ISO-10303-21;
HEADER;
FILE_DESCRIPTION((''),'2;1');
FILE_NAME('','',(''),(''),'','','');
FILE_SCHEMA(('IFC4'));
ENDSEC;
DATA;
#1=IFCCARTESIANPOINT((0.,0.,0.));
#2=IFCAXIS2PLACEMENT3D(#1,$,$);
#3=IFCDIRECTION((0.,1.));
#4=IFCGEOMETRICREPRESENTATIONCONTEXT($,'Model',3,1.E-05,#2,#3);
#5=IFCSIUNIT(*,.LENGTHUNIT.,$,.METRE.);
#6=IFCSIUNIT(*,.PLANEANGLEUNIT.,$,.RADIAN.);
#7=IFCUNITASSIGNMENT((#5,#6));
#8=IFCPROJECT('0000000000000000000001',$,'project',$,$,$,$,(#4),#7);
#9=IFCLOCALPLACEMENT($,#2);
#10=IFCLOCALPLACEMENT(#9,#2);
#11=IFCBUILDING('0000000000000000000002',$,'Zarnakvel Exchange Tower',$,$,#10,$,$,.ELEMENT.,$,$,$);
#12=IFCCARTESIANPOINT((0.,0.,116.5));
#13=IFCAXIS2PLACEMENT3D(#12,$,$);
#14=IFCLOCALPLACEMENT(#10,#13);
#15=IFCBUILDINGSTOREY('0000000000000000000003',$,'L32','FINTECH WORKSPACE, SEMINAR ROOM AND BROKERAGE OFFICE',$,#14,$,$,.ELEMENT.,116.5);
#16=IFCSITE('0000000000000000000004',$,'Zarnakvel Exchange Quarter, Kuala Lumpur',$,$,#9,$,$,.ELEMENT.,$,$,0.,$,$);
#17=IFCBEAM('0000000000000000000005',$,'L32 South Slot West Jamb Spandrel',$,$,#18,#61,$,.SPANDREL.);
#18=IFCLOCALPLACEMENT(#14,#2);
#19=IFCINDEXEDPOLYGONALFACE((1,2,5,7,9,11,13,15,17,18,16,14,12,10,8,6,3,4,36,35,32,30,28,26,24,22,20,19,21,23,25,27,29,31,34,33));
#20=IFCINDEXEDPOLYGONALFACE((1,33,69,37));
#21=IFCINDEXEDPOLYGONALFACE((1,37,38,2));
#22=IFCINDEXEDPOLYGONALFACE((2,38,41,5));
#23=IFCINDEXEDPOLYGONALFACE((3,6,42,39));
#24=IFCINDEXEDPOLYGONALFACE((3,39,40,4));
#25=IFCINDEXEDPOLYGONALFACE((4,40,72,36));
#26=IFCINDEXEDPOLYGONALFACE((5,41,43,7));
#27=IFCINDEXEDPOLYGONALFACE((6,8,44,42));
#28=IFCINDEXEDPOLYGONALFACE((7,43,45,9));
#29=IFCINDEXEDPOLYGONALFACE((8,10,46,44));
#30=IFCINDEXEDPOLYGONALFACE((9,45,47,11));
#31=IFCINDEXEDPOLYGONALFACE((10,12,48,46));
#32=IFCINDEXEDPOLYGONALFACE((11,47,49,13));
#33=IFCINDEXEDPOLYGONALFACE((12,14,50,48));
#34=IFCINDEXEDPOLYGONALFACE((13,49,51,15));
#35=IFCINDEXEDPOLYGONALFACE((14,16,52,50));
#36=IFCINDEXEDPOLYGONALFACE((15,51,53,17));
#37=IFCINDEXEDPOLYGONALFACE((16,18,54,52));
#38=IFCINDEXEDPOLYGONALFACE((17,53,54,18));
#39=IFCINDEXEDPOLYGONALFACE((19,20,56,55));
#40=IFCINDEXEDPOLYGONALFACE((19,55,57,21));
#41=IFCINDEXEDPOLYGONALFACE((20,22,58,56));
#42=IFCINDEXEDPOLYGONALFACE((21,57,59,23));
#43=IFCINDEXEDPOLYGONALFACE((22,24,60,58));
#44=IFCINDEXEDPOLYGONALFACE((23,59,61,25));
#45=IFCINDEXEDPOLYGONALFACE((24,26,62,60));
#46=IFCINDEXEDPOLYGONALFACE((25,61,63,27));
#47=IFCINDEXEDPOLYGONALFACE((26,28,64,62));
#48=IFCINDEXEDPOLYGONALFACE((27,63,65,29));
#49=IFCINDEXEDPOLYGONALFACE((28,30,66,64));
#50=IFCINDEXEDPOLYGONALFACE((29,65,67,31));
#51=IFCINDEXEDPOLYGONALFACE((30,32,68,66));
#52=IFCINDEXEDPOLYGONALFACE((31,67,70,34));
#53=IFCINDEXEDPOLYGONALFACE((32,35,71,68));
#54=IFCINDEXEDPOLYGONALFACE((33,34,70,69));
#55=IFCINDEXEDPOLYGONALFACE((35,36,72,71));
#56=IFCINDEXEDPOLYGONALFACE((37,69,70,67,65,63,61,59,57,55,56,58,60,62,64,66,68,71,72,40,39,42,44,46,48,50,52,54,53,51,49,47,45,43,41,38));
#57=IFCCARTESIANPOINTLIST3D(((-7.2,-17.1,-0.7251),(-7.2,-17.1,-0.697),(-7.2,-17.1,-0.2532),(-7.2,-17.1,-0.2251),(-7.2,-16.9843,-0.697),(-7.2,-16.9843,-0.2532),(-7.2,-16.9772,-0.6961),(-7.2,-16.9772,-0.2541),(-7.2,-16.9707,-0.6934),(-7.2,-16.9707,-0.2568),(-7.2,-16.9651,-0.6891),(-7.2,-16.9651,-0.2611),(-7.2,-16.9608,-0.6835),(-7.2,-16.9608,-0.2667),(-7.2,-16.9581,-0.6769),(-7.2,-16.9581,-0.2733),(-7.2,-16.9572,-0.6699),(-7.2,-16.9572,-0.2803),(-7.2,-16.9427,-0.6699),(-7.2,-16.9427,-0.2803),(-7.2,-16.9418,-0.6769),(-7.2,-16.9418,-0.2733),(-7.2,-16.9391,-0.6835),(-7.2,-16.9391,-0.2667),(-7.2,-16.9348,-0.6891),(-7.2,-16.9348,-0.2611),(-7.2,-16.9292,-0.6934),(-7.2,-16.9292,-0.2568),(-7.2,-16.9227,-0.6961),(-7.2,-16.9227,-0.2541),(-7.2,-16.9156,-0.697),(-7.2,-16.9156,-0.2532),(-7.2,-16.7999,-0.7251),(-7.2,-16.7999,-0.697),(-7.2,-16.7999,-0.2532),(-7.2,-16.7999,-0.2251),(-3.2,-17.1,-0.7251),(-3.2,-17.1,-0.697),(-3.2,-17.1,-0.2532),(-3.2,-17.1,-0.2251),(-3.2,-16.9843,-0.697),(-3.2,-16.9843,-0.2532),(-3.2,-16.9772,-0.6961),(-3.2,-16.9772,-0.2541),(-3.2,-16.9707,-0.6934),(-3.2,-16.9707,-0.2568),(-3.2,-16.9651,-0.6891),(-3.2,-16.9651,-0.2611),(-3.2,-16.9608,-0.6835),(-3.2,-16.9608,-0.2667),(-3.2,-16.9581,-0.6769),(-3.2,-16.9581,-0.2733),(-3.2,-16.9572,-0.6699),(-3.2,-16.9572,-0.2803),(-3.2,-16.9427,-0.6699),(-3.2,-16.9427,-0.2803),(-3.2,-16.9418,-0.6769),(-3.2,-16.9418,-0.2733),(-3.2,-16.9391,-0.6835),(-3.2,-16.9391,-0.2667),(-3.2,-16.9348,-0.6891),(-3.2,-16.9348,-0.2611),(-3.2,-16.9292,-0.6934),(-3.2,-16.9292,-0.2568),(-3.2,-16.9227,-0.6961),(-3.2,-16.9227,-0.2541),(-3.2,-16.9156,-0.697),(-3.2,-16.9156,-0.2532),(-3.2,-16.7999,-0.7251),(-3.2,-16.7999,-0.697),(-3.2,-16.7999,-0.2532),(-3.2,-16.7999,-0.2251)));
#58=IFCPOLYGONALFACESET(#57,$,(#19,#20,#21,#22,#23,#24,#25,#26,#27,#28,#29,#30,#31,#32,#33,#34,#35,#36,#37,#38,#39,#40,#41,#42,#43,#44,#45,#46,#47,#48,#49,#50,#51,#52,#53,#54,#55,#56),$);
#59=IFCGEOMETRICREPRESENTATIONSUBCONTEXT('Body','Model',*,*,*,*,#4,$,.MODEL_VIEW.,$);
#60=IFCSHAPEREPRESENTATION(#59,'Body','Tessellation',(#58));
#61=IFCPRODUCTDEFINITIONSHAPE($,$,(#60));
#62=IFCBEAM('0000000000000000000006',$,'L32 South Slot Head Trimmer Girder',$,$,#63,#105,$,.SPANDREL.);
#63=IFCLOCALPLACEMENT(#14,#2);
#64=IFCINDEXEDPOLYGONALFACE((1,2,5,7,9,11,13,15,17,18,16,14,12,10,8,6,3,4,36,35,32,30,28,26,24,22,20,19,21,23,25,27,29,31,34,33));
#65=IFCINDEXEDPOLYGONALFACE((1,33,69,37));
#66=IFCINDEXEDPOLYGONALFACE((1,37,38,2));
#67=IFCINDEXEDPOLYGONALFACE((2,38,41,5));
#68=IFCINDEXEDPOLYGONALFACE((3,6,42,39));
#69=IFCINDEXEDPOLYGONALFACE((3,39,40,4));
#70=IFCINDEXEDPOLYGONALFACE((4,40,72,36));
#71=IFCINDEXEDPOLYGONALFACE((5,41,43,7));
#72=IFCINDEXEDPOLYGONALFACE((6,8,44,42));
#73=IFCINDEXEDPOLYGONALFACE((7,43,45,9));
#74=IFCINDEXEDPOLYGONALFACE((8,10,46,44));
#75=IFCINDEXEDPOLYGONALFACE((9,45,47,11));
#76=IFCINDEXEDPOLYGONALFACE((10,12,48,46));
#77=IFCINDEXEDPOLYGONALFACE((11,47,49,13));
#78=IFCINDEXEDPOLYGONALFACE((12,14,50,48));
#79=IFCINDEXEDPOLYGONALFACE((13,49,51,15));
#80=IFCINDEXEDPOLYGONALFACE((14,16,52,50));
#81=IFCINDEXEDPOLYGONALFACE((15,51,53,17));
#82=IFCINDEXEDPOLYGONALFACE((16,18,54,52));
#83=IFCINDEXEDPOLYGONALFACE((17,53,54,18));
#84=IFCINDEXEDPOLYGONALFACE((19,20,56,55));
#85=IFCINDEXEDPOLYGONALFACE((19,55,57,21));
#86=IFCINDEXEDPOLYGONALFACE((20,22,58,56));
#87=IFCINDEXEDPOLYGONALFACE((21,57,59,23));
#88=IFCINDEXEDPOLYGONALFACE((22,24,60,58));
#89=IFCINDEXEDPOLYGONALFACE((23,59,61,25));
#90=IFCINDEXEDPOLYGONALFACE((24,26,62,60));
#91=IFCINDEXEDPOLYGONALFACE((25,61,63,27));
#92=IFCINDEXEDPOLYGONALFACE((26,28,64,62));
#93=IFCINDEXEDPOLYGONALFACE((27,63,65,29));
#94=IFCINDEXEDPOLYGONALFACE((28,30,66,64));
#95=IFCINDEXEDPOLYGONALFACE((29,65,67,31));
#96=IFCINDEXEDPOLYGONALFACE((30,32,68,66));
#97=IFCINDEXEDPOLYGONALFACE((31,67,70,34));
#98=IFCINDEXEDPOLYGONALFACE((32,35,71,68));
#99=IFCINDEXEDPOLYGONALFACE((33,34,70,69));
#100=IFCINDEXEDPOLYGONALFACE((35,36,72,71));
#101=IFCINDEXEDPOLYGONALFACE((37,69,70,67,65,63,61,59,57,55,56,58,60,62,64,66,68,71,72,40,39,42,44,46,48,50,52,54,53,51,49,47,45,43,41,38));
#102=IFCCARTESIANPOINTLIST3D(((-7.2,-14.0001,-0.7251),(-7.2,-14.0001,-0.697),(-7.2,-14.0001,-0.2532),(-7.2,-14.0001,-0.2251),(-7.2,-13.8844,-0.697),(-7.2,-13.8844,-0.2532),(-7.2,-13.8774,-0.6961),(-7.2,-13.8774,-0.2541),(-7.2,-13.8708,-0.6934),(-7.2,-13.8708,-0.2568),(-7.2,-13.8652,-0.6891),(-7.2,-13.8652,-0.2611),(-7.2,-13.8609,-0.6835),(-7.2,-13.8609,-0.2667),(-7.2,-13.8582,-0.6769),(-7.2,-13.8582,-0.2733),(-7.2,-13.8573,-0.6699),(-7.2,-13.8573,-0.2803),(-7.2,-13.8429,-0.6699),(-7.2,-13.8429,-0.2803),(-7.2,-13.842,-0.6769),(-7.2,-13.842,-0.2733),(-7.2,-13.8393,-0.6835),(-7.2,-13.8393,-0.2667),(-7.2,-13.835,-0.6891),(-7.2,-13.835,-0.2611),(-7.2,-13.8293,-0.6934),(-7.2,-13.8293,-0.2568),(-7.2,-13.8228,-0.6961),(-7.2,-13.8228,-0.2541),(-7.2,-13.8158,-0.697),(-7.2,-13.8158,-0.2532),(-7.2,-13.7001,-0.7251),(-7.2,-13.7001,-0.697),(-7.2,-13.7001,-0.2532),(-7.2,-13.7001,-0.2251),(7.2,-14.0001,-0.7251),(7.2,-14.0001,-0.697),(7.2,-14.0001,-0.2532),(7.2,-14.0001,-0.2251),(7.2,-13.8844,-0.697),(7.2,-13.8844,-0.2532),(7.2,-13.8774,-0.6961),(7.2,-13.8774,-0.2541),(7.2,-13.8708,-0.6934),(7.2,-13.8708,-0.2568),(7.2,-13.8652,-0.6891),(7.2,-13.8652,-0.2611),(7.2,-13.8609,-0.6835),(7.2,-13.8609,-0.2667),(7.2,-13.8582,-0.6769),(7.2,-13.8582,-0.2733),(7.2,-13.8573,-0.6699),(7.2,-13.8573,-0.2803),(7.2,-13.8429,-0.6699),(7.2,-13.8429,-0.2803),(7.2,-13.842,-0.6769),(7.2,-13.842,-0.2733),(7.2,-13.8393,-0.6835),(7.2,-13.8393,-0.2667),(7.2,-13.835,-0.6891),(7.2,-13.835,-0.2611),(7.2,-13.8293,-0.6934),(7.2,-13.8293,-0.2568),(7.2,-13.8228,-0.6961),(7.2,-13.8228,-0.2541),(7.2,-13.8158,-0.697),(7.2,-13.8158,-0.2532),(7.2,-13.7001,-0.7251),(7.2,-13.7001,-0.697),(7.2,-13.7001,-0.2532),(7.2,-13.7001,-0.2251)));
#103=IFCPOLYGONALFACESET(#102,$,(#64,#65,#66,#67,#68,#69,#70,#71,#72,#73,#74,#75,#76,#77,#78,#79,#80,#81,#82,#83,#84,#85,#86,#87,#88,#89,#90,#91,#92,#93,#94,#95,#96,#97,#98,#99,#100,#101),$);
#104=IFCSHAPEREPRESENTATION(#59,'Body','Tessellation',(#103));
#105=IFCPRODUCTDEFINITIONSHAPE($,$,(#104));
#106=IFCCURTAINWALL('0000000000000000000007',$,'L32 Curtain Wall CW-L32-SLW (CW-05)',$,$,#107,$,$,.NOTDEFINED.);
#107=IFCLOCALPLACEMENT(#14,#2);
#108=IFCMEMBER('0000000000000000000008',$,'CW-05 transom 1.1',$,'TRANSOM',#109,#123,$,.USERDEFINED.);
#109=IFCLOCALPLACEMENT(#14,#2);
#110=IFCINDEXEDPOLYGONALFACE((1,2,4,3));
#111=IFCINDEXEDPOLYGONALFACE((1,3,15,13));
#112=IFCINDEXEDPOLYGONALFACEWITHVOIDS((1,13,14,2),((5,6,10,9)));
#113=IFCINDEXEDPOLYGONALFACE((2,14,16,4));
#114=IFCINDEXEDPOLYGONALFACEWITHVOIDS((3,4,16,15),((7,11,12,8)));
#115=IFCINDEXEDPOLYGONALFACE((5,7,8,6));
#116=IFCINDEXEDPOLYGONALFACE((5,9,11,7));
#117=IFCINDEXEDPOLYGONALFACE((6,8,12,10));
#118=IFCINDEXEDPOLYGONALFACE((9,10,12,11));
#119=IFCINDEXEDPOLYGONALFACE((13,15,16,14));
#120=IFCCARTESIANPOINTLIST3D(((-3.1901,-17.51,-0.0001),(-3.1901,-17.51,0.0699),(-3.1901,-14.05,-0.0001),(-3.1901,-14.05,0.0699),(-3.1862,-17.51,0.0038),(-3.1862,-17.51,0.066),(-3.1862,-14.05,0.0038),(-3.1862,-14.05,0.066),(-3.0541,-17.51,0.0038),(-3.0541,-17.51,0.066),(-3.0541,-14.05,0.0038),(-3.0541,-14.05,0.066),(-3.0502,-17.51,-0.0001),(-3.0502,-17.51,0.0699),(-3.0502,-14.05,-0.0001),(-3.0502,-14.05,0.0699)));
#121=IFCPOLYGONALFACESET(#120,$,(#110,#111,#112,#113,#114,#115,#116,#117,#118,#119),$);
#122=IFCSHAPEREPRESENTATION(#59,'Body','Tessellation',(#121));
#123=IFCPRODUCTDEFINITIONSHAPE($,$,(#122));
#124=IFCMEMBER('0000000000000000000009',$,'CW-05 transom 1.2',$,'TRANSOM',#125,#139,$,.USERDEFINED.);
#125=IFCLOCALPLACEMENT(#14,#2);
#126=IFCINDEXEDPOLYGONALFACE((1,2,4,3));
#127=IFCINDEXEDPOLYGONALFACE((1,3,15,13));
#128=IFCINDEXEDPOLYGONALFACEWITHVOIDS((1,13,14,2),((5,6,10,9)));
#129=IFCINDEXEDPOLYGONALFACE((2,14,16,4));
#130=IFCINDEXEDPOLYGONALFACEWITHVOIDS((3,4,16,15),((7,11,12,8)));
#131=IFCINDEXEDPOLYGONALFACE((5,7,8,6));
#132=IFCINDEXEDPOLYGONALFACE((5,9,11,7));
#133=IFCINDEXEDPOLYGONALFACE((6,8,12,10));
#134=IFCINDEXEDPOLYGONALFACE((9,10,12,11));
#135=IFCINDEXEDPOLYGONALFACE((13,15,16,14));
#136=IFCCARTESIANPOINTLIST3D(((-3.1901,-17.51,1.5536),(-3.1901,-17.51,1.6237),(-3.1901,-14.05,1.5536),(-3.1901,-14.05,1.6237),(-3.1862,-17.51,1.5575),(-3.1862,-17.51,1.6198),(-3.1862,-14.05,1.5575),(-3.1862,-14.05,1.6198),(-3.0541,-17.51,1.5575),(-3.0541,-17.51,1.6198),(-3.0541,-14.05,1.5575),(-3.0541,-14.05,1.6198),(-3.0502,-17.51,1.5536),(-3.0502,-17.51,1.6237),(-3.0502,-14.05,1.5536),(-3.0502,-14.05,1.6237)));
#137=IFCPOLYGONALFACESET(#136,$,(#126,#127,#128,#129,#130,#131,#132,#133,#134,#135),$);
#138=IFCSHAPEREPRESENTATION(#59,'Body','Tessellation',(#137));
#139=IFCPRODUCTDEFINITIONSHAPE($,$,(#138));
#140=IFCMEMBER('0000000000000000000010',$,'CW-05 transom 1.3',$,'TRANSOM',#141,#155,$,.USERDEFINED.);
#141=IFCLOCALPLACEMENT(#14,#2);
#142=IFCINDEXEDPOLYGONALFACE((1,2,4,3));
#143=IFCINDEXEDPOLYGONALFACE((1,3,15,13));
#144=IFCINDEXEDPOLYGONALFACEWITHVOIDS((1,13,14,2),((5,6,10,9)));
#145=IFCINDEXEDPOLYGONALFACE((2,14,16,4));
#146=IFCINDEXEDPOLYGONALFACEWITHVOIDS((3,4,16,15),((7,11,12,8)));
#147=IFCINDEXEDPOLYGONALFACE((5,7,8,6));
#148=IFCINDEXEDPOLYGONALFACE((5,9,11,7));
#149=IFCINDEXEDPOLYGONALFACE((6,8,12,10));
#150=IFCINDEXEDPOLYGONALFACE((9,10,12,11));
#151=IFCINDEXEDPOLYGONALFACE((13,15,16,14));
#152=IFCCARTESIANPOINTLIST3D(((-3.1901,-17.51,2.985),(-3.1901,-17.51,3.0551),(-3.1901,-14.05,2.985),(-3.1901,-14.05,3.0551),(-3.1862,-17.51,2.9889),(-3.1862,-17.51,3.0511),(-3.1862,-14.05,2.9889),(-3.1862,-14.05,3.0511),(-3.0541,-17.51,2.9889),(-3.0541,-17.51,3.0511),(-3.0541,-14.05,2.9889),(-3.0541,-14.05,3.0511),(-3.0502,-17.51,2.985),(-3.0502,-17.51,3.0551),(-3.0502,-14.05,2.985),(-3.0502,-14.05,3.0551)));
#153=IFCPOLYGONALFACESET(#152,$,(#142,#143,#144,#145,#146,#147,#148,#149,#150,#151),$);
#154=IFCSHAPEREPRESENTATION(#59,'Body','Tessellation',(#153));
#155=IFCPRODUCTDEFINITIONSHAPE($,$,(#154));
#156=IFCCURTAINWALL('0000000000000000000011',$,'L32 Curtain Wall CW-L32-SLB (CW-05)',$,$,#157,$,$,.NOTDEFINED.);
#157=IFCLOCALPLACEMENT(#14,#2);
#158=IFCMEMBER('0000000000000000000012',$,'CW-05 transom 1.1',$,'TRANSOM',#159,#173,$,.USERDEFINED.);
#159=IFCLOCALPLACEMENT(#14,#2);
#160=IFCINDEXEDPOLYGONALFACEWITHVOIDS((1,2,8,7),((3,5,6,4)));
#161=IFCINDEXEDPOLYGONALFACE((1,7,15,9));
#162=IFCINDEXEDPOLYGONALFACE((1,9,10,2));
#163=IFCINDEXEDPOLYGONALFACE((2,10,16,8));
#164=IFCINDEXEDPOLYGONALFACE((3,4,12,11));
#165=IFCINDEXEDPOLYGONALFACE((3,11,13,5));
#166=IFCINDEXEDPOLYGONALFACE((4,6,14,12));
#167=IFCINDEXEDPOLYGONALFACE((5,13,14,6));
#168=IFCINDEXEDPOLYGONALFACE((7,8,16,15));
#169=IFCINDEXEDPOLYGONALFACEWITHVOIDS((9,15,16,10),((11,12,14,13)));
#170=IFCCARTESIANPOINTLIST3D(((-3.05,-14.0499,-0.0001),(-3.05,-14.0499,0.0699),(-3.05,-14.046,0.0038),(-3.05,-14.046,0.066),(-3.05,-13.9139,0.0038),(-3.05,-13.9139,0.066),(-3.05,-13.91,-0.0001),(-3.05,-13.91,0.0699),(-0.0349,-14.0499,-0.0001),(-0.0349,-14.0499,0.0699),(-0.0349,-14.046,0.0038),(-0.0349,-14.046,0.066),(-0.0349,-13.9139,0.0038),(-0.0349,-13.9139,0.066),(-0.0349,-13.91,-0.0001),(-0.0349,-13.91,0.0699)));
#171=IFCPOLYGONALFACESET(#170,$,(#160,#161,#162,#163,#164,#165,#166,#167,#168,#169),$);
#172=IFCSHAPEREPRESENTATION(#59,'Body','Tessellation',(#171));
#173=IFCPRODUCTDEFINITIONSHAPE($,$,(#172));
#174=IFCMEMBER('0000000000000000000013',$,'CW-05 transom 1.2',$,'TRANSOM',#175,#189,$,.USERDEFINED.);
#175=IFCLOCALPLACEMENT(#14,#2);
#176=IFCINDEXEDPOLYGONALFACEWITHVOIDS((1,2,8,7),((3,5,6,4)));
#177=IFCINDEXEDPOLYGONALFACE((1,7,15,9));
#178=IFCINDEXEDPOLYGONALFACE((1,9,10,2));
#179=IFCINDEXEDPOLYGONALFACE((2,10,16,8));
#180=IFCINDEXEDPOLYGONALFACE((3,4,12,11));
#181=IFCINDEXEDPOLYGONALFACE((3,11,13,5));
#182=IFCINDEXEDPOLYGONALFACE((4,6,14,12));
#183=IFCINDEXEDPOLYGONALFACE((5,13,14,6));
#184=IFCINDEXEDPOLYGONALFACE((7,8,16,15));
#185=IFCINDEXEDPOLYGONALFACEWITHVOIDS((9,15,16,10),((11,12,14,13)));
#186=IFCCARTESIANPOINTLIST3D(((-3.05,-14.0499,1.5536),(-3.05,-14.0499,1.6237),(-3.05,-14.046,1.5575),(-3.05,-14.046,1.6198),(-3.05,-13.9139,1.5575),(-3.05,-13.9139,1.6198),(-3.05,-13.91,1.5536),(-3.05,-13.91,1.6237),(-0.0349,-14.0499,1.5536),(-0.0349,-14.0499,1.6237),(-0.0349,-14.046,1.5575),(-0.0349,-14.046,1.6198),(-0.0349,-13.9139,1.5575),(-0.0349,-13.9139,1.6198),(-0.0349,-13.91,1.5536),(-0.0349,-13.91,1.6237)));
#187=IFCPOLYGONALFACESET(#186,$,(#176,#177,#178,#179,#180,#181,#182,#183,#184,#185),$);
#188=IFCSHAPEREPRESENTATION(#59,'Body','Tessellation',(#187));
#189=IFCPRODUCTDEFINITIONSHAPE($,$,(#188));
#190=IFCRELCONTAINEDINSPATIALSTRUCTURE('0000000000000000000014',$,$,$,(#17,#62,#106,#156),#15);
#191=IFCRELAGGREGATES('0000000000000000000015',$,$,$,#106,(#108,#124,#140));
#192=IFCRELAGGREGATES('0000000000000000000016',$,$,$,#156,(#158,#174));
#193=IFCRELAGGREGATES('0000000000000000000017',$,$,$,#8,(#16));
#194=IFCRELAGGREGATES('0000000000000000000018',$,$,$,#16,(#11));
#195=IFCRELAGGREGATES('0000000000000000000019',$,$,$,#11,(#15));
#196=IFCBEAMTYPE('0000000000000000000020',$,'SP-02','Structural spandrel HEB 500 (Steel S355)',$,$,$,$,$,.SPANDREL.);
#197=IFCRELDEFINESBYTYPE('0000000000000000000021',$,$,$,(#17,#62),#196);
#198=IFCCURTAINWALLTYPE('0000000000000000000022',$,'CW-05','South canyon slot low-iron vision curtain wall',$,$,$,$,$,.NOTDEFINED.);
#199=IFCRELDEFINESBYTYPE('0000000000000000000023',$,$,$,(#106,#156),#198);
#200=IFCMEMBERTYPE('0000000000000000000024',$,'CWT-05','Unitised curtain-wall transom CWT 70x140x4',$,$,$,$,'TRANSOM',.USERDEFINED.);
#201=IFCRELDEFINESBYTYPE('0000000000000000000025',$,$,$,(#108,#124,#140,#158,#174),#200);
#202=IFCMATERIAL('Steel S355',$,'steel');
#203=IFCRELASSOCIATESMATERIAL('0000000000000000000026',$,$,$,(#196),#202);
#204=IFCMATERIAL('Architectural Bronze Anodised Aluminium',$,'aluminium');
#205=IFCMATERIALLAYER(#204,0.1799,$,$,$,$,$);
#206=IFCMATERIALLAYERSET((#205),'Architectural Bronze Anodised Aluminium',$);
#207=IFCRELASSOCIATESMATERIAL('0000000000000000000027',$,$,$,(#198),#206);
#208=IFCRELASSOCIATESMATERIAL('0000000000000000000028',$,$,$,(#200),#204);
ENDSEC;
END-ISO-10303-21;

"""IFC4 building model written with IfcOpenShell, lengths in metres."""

from ifc_helpers import new_model, si_unit, direction, frame, origin, origin_2d, place, context, subcontext, project, spatial, hollow_rectangle, i_section, extrude, source, transform, mapped, material, layer, layer_set, material_profile, profile_set, type_object, element, aggregate, save


model = new_model("IFC4")

# Units and contexts
model_context = context("Model", 3, precision=1e-05, world=origin(), true_north=direction((0.0, 1.0)))
body_context = subcontext(model_context, "Body", "Model", "MODEL_VIEW")
ifc_project = project(units=[si_unit("LENGTHUNIT", "METRE"), si_unit("PLANEANGLEUNIT", "RADIAN")], contexts=[model_context])

# Site, building, storey
site_placement = place(None, origin())
site = spatial("IfcSite", under=ifc_project, at=site_placement, Name="Zarnakvel Exchange Quarter, Kuala Lumpur", CompositionType="ELEMENT", RefElevation=0.0)
building_placement = place(site_placement, origin())
building = spatial("IfcBuilding", under=site, at=building_placement, Name="Zarnakvel Exchange Tower", CompositionType="ELEMENT")
storey_placement = place(building_placement, frame((0.0, 0.0, 116.5)))
storey = spatial("IfcBuildingStorey", under=building, at=storey_placement, Name="L32", Description="FINTECH WORKSPACE, SEMINAR ROOM AND BROKERAGE OFFICE", CompositionType="ELEMENT", Elevation=116.5)

# Beams
ifc_material_1 = material(Name="Steel S355", Category="steel")
ifc_material_profile_1 = material_profile(ifc_material_1, i_section(OverallWidth=0.3, OverallDepth=0.5, WebThickness=0.0144, FlangeThickness=0.0281, FilletRadius=0.0271, at=origin_2d()))
ifc_profile_set_1 = profile_set([ifc_material_profile_1], Name="Steel S355")
beam_type_1 = type_object("IfcBeamType", Name="SP-02", Description="Structural spandrel HEB 500 (Steel S355)", PredefinedType="SPANDREL", material=ifc_profile_set_1)
beam_1_placement = place(storey_placement, frame((-7.2, -16.95, -0.4751), z_axis=(1.0, 0.0, 0.0), x_axis=(0.0, 1.0, 0.0)))
element("IfcBeam", 1, at=beam_1_placement, inside=storey, type_object=beam_type_1, Name="L32 South Slot West Jamb Spandrel", PredefinedType="SPANDREL", context=body_context, shape_type="SweptSolid", body=[
    extrude(i_section(OverallWidth=0.3, OverallDepth=0.5, WebThickness=0.0144, FlangeThickness=0.0281, FilletRadius=0.0271, at=origin_2d()), origin(), (0.0, 0.0, 1.0), 4.0),
])
beam_2_placement = place(storey_placement, frame((-7.2, -13.8501, -0.4751), z_axis=(1.0, 0.0, 0.0), x_axis=(0.0, 1.0, 0.0)))
element("IfcBeam", 2, at=beam_2_placement, inside=storey, type_object=beam_type_1, Name="L32 South Slot Head Trimmer Girder", PredefinedType="SPANDREL", context=body_context, shape_type="SweptSolid", body=[
    extrude(i_section(OverallWidth=0.3, OverallDepth=0.5, WebThickness=0.0144, FlangeThickness=0.0281, FilletRadius=0.0271, at=origin_2d()), origin(), (0.0, 0.0, 1.0), 14.3999),
])

# Curtain walls, members
ifc_material_2 = material(Name="Architectural Bronze Anodised Aluminium", Category="aluminium")
ifc_layer_1 = layer(ifc_material_2, 0.1799)
ifc_layer_set_1 = layer_set([ifc_layer_1], Name="Architectural Bronze Anodised Aluminium")
curtain_wall_type = type_object("IfcCurtainWallType", Name="CW-05", Description="South canyon slot low-iron vision curtain wall", PredefinedType="NOTDEFINED", material=ifc_layer_set_1)
curtain_wall_1_placement = place(storey_placement, origin())
curtain_wall_1 = element("IfcCurtainWall", 3, at=curtain_wall_1_placement, inside=storey, type_object=curtain_wall_type, Name="L32 Curtain Wall CW-L32-SLW (CW-05)", PredefinedType="NOTDEFINED")
ifc_material_profile_2 = material_profile(ifc_material_2, hollow_rectangle(XDim=0.1399, YDim=0.0701, WallThickness=0.0039, at=origin_2d()))
ifc_profile_set_2 = profile_set([ifc_material_profile_2], Name="Architectural Bronze Anodised Aluminium")
member_type_1 = type_object("IfcMemberType", Name="CWT-05", Description="Unitised curtain-wall transom CWT 70x140x4", ElementType="TRANSOM", PredefinedType="USERDEFINED", material=ifc_profile_set_2)
shared_shape_1 = source(origin(), body_context, "Body", "SweptSolid", [
    extrude(hollow_rectangle(XDim=0.1399, YDim=0.0701, WallThickness=0.0039, at=origin_2d()), origin(), (0.0, 0.0, 1.0), 3.46),
])
member_1_placement = place(storey_placement, frame((-3.1201, -17.51, 0.0349), z_axis=(0.0, 1.0, 0.0), x_axis=(-1.0, 0.0, 0.0)))
member_1 = element("IfcMember", 4, at=member_1_placement, type_object=member_type_1, Name="CW-05 transom 1.1", ObjectType="TRANSOM", PredefinedType="USERDEFINED", context=body_context, shape_type="MappedRepresentation", body=[
    mapped(shared_shape_1, transform((0.0, 0.0, 0.0), x_axis=(1.0, 0.0, 0.0), y_axis=(0.0, 1.0, 0.0), z_axis=(0.0, 0.0, 1.0), scale=1.0)),
])
member_2_placement = place(storey_placement, frame((-3.1201, -17.51, 1.5886), z_axis=(0.0, 1.0, 0.0), x_axis=(-1.0, 0.0, 0.0)))
member_2 = element("IfcMember", 5, at=member_2_placement, type_object=member_type_1, Name="CW-05 transom 1.2", ObjectType="TRANSOM", PredefinedType="USERDEFINED", context=body_context, shape_type="MappedRepresentation", body=[
    mapped(shared_shape_1, transform((0.0, 0.0, 0.0), x_axis=(1.0, 0.0, 0.0), y_axis=(0.0, 1.0, 0.0), z_axis=(0.0, 0.0, 1.0), scale=1.0)),
])
member_3_placement = place(storey_placement, frame((-3.1201, -17.51, 3.02), z_axis=(0.0, 1.0, 0.0), x_axis=(-1.0, 0.0, 0.0)))
member_3 = element("IfcMember", 6, at=member_3_placement, type_object=member_type_1, Name="CW-05 transom 1.3", ObjectType="TRANSOM", PredefinedType="USERDEFINED", context=body_context, shape_type="MappedRepresentation", body=[
    mapped(shared_shape_1, transform((0.0, 0.0, 0.0), x_axis=(1.0, 0.0, 0.0), y_axis=(0.0, 1.0, 0.0), z_axis=(0.0, 0.0, 1.0), scale=1.0)),
])
curtain_wall_2_placement = place(storey_placement, origin())
curtain_wall_2 = element("IfcCurtainWall", 7, at=curtain_wall_2_placement, inside=storey, type_object=curtain_wall_type, Name="L32 Curtain Wall CW-L32-SLB (CW-05)", PredefinedType="NOTDEFINED")
shared_shape_2 = source(origin(), body_context, "Body", "SweptSolid", [
    extrude(hollow_rectangle(XDim=0.1399, YDim=0.0701, WallThickness=0.0039, at=origin_2d()), origin(), (0.0, 0.0, 1.0), 3.0151),
])
member_4_placement = place(storey_placement, frame((-3.05, -13.98, 0.0349), z_axis=(1.0, 0.0, 0.0), x_axis=(0.0, 1.0, 0.0)))
member_4 = element("IfcMember", 8, at=member_4_placement, type_object=member_type_1, Name="CW-05 transom 1.1", ObjectType="TRANSOM", PredefinedType="USERDEFINED", context=body_context, shape_type="MappedRepresentation", body=[
    mapped(shared_shape_2, transform((0.0, 0.0, 0.0), x_axis=(1.0, 0.0, 0.0), y_axis=(0.0, 1.0, 0.0), z_axis=(0.0, 0.0, 1.0), scale=1.0)),
])
member_5_placement = place(storey_placement, frame((-3.05, -13.98, 1.5886), z_axis=(1.0, 0.0, 0.0), x_axis=(0.0, 1.0, 0.0)))
member_5 = element("IfcMember", 9, at=member_5_placement, type_object=member_type_1, Name="CW-05 transom 1.2", ObjectType="TRANSOM", PredefinedType="USERDEFINED", context=body_context, shape_type="MappedRepresentation", body=[
    mapped(shared_shape_2, transform((0.0, 0.0, 0.0), x_axis=(1.0, 0.0, 0.0), y_axis=(0.0, 1.0, 0.0), z_axis=(0.0, 0.0, 1.0), scale=1.0)),
])

aggregate(curtain_wall_1, [member_1, member_2, member_3])
aggregate(curtain_wall_2, [member_4, member_5])

save(model, "model.ifc")
